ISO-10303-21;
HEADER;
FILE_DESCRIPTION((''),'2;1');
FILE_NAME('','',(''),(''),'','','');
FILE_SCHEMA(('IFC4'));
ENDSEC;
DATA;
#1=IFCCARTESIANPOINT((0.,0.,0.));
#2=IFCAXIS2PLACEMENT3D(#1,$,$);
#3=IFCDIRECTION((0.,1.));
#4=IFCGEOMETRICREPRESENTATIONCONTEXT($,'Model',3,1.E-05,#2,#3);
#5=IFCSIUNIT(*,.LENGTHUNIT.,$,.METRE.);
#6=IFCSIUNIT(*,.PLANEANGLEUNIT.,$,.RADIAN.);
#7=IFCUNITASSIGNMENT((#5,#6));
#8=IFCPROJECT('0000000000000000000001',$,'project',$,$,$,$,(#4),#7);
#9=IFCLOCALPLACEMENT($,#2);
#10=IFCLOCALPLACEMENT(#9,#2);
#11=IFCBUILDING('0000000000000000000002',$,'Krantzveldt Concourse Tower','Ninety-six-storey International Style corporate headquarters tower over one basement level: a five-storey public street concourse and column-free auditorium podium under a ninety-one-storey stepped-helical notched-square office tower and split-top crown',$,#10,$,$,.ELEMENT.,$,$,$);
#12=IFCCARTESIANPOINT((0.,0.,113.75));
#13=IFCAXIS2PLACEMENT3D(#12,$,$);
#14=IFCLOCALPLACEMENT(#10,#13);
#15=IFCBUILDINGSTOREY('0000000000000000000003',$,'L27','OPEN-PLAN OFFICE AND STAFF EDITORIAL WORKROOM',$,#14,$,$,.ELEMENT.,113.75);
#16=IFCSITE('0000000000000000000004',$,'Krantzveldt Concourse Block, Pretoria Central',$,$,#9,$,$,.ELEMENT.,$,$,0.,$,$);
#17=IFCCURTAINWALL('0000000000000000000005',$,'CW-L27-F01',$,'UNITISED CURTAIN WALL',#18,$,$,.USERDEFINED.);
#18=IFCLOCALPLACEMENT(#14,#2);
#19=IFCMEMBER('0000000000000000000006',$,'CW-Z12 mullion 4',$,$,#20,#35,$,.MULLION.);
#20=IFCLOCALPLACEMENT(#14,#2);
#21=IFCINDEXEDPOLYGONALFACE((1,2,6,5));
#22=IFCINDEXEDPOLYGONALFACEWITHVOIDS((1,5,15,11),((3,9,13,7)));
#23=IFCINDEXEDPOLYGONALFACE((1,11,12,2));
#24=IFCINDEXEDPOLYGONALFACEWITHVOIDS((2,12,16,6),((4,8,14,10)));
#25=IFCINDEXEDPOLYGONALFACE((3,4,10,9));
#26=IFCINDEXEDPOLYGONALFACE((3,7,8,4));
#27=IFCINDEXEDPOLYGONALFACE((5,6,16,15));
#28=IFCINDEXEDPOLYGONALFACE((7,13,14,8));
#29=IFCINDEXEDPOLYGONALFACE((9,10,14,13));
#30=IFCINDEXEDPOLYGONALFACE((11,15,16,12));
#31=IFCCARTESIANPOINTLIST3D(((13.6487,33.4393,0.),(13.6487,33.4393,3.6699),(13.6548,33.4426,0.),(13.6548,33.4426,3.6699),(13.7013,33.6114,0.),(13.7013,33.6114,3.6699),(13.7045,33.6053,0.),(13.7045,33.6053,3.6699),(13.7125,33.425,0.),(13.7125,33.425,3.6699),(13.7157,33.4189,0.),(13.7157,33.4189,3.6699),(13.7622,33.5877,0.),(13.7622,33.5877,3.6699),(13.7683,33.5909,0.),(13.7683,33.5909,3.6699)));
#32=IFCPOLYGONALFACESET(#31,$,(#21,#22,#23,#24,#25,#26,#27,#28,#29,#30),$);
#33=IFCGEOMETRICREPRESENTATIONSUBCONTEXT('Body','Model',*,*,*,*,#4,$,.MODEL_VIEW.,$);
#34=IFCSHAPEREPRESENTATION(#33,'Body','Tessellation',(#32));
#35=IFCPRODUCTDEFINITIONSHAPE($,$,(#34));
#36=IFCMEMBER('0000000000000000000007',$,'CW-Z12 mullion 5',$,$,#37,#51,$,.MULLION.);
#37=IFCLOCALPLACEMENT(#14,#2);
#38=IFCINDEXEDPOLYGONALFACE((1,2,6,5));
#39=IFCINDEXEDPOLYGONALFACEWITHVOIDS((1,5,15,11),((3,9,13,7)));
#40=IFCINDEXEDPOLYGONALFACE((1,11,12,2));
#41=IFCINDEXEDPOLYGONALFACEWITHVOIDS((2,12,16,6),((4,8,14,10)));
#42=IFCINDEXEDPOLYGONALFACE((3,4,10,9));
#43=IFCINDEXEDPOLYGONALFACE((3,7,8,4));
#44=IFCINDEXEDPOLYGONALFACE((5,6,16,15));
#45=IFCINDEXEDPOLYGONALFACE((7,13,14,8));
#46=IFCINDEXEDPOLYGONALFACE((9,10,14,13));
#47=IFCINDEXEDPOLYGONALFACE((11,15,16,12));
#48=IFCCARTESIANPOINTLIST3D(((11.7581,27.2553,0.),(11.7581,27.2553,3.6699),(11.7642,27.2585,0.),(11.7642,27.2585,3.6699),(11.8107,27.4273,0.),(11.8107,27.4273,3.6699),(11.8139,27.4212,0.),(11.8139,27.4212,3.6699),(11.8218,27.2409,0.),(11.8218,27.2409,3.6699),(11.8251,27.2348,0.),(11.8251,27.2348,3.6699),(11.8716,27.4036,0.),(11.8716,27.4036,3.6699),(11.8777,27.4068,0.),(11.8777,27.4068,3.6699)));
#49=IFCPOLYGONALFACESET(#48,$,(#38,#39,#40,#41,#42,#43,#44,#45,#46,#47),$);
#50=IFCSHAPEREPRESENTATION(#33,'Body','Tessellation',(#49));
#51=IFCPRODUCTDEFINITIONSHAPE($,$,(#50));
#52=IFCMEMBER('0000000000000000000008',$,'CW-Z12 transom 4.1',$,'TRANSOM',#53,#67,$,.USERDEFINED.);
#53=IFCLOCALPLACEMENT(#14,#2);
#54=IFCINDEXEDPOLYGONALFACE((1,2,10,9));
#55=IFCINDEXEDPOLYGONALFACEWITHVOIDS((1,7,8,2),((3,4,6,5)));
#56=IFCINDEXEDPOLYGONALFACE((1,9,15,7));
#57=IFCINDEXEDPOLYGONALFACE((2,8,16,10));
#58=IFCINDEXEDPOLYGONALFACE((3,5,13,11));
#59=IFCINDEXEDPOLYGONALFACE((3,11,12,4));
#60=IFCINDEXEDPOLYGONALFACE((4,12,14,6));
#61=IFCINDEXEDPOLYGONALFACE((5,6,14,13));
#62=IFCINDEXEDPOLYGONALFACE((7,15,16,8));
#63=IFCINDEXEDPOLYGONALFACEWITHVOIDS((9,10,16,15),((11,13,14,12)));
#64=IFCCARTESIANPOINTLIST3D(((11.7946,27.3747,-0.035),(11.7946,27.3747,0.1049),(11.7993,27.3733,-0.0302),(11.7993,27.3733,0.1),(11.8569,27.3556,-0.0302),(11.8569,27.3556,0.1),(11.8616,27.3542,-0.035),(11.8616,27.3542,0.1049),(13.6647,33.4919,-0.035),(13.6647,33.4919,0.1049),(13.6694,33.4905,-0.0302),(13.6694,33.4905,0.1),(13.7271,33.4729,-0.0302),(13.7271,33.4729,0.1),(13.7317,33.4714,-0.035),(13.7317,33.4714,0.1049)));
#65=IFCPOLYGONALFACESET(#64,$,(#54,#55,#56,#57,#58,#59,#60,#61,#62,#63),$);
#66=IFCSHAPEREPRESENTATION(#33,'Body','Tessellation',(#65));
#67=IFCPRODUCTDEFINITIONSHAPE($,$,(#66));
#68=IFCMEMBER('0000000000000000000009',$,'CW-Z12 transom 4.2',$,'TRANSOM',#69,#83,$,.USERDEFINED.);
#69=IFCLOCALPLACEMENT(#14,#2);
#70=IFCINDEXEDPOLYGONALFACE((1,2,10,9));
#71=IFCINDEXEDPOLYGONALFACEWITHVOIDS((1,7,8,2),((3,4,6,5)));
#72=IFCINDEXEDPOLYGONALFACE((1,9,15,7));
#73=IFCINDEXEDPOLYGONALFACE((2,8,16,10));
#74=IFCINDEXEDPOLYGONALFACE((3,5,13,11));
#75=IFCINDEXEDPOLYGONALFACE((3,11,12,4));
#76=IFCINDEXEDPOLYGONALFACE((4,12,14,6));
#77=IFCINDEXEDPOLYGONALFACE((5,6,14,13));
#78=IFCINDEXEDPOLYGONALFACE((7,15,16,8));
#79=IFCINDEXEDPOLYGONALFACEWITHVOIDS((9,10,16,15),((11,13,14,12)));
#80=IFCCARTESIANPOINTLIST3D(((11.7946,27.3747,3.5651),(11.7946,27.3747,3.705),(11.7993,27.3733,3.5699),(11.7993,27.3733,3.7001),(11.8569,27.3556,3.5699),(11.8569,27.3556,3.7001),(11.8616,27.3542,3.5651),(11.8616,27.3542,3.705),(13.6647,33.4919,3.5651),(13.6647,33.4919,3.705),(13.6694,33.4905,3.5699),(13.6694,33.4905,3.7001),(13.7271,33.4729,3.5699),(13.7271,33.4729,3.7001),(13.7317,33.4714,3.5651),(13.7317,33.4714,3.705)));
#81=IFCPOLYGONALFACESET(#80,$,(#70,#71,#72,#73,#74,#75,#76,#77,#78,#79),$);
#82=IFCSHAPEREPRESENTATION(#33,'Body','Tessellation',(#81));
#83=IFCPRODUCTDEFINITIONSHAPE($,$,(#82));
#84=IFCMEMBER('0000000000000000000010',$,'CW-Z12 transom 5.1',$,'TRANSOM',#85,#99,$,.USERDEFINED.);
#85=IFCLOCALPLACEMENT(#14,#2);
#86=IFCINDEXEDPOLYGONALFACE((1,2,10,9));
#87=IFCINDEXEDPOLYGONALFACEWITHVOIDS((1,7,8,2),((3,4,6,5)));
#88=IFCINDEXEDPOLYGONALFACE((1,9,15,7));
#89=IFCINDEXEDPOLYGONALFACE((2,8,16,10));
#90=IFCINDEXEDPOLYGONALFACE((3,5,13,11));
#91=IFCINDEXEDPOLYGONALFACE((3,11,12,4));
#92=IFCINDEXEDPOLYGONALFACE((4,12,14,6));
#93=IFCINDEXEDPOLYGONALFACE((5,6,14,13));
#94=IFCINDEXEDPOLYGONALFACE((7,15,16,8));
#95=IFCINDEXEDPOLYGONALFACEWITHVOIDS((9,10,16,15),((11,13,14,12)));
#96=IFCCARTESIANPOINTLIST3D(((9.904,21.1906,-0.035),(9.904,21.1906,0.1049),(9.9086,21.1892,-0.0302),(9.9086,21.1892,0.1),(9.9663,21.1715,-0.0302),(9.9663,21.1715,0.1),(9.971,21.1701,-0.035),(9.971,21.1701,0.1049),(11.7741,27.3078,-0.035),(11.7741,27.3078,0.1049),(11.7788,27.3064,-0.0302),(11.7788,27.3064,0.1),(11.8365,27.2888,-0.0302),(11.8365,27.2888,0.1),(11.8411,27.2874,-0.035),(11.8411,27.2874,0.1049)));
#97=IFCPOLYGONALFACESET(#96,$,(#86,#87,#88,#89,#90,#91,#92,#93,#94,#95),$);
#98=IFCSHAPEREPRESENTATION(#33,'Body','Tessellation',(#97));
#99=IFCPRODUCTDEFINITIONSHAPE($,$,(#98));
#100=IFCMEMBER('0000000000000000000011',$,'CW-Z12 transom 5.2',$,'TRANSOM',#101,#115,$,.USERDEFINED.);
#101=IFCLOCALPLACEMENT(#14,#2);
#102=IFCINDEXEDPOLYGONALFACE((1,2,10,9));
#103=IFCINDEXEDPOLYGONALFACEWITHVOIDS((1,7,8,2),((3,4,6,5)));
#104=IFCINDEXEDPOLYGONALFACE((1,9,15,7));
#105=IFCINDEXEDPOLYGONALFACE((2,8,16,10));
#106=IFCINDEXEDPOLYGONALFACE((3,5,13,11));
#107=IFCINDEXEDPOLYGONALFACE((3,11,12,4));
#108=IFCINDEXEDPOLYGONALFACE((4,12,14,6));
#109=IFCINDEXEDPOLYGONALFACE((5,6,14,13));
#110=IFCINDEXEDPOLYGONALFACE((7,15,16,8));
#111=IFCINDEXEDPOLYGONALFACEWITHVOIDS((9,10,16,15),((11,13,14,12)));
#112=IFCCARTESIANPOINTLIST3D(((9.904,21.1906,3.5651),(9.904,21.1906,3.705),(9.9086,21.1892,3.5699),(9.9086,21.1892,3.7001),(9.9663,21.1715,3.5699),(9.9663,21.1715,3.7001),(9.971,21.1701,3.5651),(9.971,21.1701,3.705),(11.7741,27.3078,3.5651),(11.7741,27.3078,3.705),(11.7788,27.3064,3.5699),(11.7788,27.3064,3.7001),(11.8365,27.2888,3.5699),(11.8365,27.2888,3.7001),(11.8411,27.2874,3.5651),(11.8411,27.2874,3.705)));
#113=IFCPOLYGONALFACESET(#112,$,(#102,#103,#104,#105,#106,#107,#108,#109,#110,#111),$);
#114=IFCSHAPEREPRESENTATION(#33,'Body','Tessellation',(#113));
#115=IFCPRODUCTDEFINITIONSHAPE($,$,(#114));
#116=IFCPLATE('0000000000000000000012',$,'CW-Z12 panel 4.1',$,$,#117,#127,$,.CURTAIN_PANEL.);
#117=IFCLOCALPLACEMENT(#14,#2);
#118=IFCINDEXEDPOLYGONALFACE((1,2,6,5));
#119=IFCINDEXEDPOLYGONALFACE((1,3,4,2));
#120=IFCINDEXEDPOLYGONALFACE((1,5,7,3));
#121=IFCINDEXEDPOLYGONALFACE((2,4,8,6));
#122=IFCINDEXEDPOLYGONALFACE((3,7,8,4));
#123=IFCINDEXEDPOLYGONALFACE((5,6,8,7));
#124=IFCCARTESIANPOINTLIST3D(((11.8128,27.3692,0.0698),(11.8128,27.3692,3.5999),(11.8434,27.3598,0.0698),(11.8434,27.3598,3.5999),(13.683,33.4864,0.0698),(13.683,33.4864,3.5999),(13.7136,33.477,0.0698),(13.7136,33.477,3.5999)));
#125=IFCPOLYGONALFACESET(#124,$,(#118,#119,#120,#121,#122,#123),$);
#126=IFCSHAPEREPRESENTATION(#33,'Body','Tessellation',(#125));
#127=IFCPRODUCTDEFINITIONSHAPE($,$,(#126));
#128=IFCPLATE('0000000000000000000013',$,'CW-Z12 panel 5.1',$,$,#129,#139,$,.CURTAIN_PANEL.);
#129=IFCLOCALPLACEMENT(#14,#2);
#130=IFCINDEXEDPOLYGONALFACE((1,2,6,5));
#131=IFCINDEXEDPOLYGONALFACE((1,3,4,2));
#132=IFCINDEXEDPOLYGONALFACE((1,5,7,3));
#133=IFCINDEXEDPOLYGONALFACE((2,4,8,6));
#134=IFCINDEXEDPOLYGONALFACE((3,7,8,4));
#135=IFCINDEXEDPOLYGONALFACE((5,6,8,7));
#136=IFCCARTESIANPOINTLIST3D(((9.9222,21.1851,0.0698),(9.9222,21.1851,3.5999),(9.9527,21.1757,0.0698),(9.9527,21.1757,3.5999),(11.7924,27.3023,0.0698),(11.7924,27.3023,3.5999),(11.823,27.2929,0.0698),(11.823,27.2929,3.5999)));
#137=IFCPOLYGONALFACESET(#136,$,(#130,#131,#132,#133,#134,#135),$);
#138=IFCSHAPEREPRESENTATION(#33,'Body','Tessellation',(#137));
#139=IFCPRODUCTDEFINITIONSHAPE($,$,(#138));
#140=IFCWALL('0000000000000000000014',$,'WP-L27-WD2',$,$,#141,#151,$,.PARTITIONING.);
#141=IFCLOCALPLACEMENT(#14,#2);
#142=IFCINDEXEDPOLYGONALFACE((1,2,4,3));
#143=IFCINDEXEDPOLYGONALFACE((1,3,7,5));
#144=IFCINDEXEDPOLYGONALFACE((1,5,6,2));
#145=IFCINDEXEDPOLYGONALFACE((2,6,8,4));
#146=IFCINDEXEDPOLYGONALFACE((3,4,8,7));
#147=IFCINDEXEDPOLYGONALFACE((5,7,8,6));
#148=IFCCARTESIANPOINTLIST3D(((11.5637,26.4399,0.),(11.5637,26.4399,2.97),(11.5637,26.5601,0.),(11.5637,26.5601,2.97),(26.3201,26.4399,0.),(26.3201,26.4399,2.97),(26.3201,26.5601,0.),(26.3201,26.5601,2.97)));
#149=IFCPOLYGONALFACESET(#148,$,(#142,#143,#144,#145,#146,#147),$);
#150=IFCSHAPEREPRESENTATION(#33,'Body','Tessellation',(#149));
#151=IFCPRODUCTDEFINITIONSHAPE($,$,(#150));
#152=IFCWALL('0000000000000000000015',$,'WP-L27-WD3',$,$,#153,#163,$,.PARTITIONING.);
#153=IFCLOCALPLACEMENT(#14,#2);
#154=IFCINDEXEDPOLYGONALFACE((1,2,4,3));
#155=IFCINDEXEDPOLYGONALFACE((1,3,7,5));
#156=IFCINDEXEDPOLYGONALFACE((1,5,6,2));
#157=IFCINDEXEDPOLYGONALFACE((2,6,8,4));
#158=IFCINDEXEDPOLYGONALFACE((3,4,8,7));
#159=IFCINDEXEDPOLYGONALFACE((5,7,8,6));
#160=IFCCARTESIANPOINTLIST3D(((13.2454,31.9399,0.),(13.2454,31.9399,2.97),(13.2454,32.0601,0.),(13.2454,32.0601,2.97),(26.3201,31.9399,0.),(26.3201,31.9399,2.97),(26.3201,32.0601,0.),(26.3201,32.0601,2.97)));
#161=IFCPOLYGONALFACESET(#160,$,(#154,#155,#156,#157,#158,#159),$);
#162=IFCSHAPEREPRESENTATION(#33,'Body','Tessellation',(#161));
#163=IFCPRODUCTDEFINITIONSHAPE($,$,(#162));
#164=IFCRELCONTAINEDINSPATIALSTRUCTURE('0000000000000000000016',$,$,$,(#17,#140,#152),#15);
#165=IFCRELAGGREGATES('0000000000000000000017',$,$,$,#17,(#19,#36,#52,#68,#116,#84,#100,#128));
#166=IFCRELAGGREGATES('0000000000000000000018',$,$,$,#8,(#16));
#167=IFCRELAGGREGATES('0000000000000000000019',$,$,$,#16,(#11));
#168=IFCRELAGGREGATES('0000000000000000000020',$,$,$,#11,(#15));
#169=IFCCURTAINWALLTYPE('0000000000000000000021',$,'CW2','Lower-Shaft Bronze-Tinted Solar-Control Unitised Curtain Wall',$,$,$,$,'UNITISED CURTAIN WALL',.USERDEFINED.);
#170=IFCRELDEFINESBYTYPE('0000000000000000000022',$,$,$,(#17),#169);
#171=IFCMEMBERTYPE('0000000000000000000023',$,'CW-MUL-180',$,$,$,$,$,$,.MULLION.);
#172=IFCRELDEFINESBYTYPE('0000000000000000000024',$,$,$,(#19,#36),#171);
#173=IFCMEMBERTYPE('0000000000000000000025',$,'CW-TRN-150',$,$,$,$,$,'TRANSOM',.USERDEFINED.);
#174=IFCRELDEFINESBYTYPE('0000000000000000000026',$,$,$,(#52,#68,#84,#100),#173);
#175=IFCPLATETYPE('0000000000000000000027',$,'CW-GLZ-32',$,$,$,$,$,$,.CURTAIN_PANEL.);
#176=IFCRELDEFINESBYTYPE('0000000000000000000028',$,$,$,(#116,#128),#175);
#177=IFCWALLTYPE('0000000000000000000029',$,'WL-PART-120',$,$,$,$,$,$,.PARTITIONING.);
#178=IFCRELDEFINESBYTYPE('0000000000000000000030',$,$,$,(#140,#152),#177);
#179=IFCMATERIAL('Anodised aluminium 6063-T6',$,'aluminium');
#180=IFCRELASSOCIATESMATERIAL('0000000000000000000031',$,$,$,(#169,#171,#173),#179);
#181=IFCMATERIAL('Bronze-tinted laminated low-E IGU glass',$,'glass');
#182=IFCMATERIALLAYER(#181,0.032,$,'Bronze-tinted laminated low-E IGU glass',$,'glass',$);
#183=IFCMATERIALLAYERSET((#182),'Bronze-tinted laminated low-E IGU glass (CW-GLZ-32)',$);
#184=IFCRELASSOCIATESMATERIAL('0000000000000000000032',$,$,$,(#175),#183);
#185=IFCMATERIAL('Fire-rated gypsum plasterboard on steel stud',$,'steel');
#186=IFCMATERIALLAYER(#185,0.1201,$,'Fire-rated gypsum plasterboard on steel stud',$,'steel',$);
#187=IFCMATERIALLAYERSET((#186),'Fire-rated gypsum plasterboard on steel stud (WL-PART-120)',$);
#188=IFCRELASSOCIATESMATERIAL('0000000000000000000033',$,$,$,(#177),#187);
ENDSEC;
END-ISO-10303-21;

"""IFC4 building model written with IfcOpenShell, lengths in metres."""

from ifc_helpers import new_model, si_unit, direction, frame, frame_2d, origin, origin_2d, place, context, subcontext, project, spatial, rectangle, hollow_rectangle, extrude, source, transform, mapped, material, layer, layer_set, material_profile, profile_set, type_object, type_shapes, element, aggregate, save


model = new_model("IFC4")

# Units and contexts
model_context = context("Model", 3, precision=1e-05, world=origin(), true_north=direction((0.0, 1.0)))
body_context = subcontext(model_context, "Body", "Model", "MODEL_VIEW")
ifc_project = project(units=[si_unit("LENGTHUNIT", "METRE"), si_unit("PLANEANGLEUNIT", "RADIAN")], contexts=[model_context])

# Site, building, storey
site_placement = place(None, origin())
site = spatial("IfcSite", under=ifc_project, at=site_placement, Name="Krantzveldt Concourse Block, Pretoria Central", CompositionType="ELEMENT", RefElevation=0.0)
building_placement = place(site_placement, origin())
building = spatial("IfcBuilding", under=site, at=building_placement, Name="Krantzveldt Concourse Tower", Description="Ninety-six-storey International Style corporate headquarters tower over one basement level: a five-storey public street concourse and column-free auditorium podium under a ninety-one-storey stepped-helical notched-square office tower and split-top crown", CompositionType="ELEMENT")
storey_placement = place(building_placement, frame((0.0, 0.0, 113.75)))
storey = spatial("IfcBuildingStorey", under=building, at=storey_placement, Name="L27", Description="OPEN-PLAN OFFICE AND STAFF EDITORIAL WORKROOM", CompositionType="ELEMENT", Elevation=113.75)

# Curtain wall, members, plates
ifc_material_1 = material(Name="Anodised aluminium 6063-T6", Category="aluminium")
curtain_wall_type = type_object("IfcCurtainWallType", Name="CW2", Description="Lower-Shaft Bronze-Tinted Solar-Control Unitised Curtain Wall", ElementType="UNITISED CURTAIN WALL", PredefinedType="USERDEFINED", material=ifc_material_1)
curtain_wall_placement = place(storey_placement, origin())
curtain_wall = element("IfcCurtainWall", 1, at=curtain_wall_placement, inside=storey, type_object=curtain_wall_type, Name="CW-L27-F01", ObjectType="UNITISED CURTAIN WALL", PredefinedType="USERDEFINED")
ifc_material_profile_1 = material_profile(ifc_material_1, hollow_rectangle(XDim=0.0701, YDim=0.1799, WallThickness=0.0049, at=origin_2d()), Name="Anodised aluminium 6063-T6", Category="aluminium")
ifc_profile_set_1 = profile_set([ifc_material_profile_1], Name="Anodised aluminium 6063-T6 - ALU-MULL 180x70x5")
member_type_1 = type_object("IfcMemberType", Name="CW-MUL-180", PredefinedType="MULLION", material=ifc_profile_set_1)
shared_shape_1 = source(origin(), body_context, "Body", "SweptSolid", [
    extrude(hollow_rectangle(XDim=0.0701, YDim=0.1799, WallThickness=0.0049, at=origin_2d()), origin(), (0.0, 0.0, 1.0), 3.6699),
])
type_shapes(member_type_1, [shared_shape_1])
member_1_placement = place(storey_placement, frame((13.7085, 33.5151, 0.0), z_axis=(0.0, 0.0, 1.0), x_axis=(0.956305, -0.292372, 0.0)))
member_1 = element("IfcMember", 2, at=member_1_placement, type_object=member_type_1, Name="CW-Z12 mullion 4", PredefinedType="MULLION", context=body_context, shape_type="MappedRepresentation", body=[
    mapped(shared_shape_1, transform((0.0, 0.0, 0.0), x_axis=(1.0, 0.0, 0.0), y_axis=(0.0, 1.0, 0.0), z_axis=(0.0, 0.0, 1.0), scale=1.0)),
])
member_2_placement = place(storey_placement, frame((11.8179, 27.3311, 0.0), z_axis=(0.0, 0.0, 1.0), x_axis=(0.956305, -0.292372, 0.0)))
member_2 = element("IfcMember", 3, at=member_2_placement, type_object=member_type_1, Name="CW-Z12 mullion 5", PredefinedType="MULLION", context=body_context, shape_type="MappedRepresentation", body=[
    mapped(shared_shape_1, transform((0.0, 0.0, 0.0), x_axis=(1.0, 0.0, 0.0), y_axis=(0.0, 1.0, 0.0), z_axis=(0.0, 0.0, 1.0), scale=1.0)),
])
ifc_material_profile_2 = material_profile(ifc_material_1, hollow_rectangle(XDim=0.0701, YDim=0.1399, WallThickness=0.0049, at=origin_2d()), Name="Anodised aluminium 6063-T6", Category="aluminium")
ifc_profile_set_2 = profile_set([ifc_material_profile_2], Name="Anodised aluminium 6063-T6 - ALU-TRAN 140x70x5")
member_type_2 = type_object("IfcMemberType", Name="CW-TRN-150", ElementType="TRANSOM", PredefinedType="USERDEFINED", material=ifc_profile_set_2)
shared_shape_2 = source(origin(), body_context, "Body", "SweptSolid", [
    extrude(hollow_rectangle(XDim=0.0701, YDim=0.1399, WallThickness=0.0049, at=origin_2d()), origin(), (0.0, 0.0, 1.0), 6.3967),
])
type_shapes(member_type_2, [shared_shape_2])
member_3_placement = place(storey_placement, frame((13.6982, 33.4817, 0.0349), z_axis=(-0.292358, -0.956309, 0.0), x_axis=(0.956309, -0.292358, 0.0)))
member_3 = element("IfcMember", 4, at=member_3_placement, type_object=member_type_2, Name="CW-Z12 transom 4.1", ObjectType="TRANSOM", PredefinedType="USERDEFINED", context=body_context, shape_type="MappedRepresentation", body=[
    mapped(shared_shape_2, transform((0.0, 0.0, 0.0), x_axis=(1.0, 0.0, 0.0), y_axis=(0.0, 1.0, 0.0), z_axis=(0.0, 0.0, 1.0), scale=1.0)),
])
member_4_placement = place(storey_placement, frame((13.6982, 33.4817, 3.635), z_axis=(-0.292358, -0.956309, 0.0), x_axis=(0.956309, -0.292358, 0.0)))
member_4 = element("IfcMember", 5, at=member_4_placement, type_object=member_type_2, Name="CW-Z12 transom 4.2", ObjectType="TRANSOM", PredefinedType="USERDEFINED", context=body_context, shape_type="MappedRepresentation", body=[
    mapped(shared_shape_2, transform((0.0, 0.0, 0.0), x_axis=(1.0, 0.0, 0.0), y_axis=(0.0, 1.0, 0.0), z_axis=(0.0, 0.0, 1.0), scale=1.0)),
])
member_5_placement = place(storey_placement, frame((11.8076, 27.2976, 0.0349), z_axis=(-0.292358, -0.956309, 0.0), x_axis=(0.956309, -0.292358, 0.0)))
member_5 = element("IfcMember", 6, at=member_5_placement, type_object=member_type_2, Name="CW-Z12 transom 5.1", ObjectType="TRANSOM", PredefinedType="USERDEFINED", context=body_context, shape_type="MappedRepresentation", body=[
    mapped(shared_shape_2, transform((0.0, 0.0, 0.0), x_axis=(1.0, 0.0, 0.0), y_axis=(0.0, 1.0, 0.0), z_axis=(0.0, 0.0, 1.0), scale=1.0)),
])
member_6_placement = place(storey_placement, frame((11.8076, 27.2976, 3.635), z_axis=(-0.292358, -0.956309, 0.0), x_axis=(0.956309, -0.292358, 0.0)))
member_6 = element("IfcMember", 7, at=member_6_placement, type_object=member_type_2, Name="CW-Z12 transom 5.2", ObjectType="TRANSOM", PredefinedType="USERDEFINED", context=body_context, shape_type="MappedRepresentation", body=[
    mapped(shared_shape_2, transform((0.0, 0.0, 0.0), x_axis=(1.0, 0.0, 0.0), y_axis=(0.0, 1.0, 0.0), z_axis=(0.0, 0.0, 1.0), scale=1.0)),
])
ifc_material_2 = material(Name="Bronze-tinted laminated low-E IGU glass", Category="glass")
ifc_layer_1 = layer(ifc_material_2, 0.032, Name="Bronze-tinted laminated low-E IGU glass", Category="glass")
ifc_layer_set_1 = layer_set([ifc_layer_1], Name="Bronze-tinted laminated low-E IGU glass (CW-GLZ-32)")
plate_type = type_object("IfcPlateType", Name="CW-GLZ-32", PredefinedType="CURTAIN_PANEL", material=ifc_layer_set_1)
shared_shape_3 = source(origin(), body_context, "Body", "SweptSolid", [
    extrude(rectangle(XDim=6.3967, YDim=0.032, at=origin_2d()), origin(), (0.0, 0.0, 1.0), 3.53),
])
type_shapes(plate_type, [shared_shape_3])
plate_1_placement = place(storey_placement, frame((12.7632, 30.4231, 0.0698), z_axis=(0.0, 0.0, 1.0), x_axis=(-0.292372, -0.956305, 0.0)))
plate_1 = element("IfcPlate", 8, at=plate_1_placement, type_object=plate_type, Name="CW-Z12 panel 4.1", PredefinedType="CURTAIN_PANEL", context=body_context, shape_type="MappedRepresentation", body=[
    mapped(shared_shape_3, transform((0.0, 0.0, 0.0), x_axis=(1.0, 0.0, 0.0), y_axis=(0.0, 1.0, 0.0), z_axis=(0.0, 0.0, 1.0), scale=1.0)),
])
plate_2_placement = place(storey_placement, frame((10.8726, 24.239, 0.0698), z_axis=(0.0, 0.0, 1.0), x_axis=(-0.292372, -0.956305, 0.0)))
plate_2 = element("IfcPlate", 9, at=plate_2_placement, type_object=plate_type, Name="CW-Z12 panel 5.1", PredefinedType="CURTAIN_PANEL", context=body_context, shape_type="MappedRepresentation", body=[
    mapped(shared_shape_3, transform((0.0, 0.0, 0.0), x_axis=(1.0, 0.0, 0.0), y_axis=(0.0, 1.0, 0.0), z_axis=(0.0, 0.0, 1.0), scale=1.0)),
])
aggregate(curtain_wall, [member_1, member_2, member_3, member_4, plate_1, member_5, member_6, plate_2])

# Walls
ifc_material_3 = material(Name="Fire-rated gypsum plasterboard on steel stud", Category="steel")
ifc_layer_2 = layer(ifc_material_3, 0.1201, Name="Fire-rated gypsum plasterboard on steel stud", Category="steel")
ifc_layer_set_2 = layer_set([ifc_layer_2], Name="Fire-rated gypsum plasterboard on steel stud (WL-PART-120)")
wall_type = type_object("IfcWallType", Name="WL-PART-120", PredefinedType="PARTITIONING", material=ifc_layer_set_2)
wall_1_placement = place(storey_placement, frame((11.5637, 26.5, 0.0), z_axis=(0.0, 0.0, 1.0), x_axis=(1.0, 0.0, 0.0)))
element("IfcWall", 10, at=wall_1_placement, inside=storey, type_object=wall_type, Name="WP-L27-WD2", PredefinedType="PARTITIONING", context=body_context, shape_type="SweptSolid", body=[
    extrude(rectangle(XDim=14.7563, YDim=0.1201, at=frame_2d((7.3782, 0.0))), origin(), (0.0, 0.0, 1.0), 2.97),
])
wall_2_placement = place(storey_placement, frame((13.2454, 32.0, 0.0), z_axis=(0.0, 0.0, 1.0), x_axis=(1.0, 0.0, 0.0)))
element("IfcWall", 11, at=wall_2_placement, inside=storey, type_object=wall_type, Name="WP-L27-WD3", PredefinedType="PARTITIONING", context=body_context, shape_type="SweptSolid", body=[
    extrude(rectangle(XDim=13.0747, YDim=0.1201, at=frame_2d((6.5374, 0.0))), origin(), (0.0, 0.0, 1.0), 2.97),
])

save(model, "model.ifc")
